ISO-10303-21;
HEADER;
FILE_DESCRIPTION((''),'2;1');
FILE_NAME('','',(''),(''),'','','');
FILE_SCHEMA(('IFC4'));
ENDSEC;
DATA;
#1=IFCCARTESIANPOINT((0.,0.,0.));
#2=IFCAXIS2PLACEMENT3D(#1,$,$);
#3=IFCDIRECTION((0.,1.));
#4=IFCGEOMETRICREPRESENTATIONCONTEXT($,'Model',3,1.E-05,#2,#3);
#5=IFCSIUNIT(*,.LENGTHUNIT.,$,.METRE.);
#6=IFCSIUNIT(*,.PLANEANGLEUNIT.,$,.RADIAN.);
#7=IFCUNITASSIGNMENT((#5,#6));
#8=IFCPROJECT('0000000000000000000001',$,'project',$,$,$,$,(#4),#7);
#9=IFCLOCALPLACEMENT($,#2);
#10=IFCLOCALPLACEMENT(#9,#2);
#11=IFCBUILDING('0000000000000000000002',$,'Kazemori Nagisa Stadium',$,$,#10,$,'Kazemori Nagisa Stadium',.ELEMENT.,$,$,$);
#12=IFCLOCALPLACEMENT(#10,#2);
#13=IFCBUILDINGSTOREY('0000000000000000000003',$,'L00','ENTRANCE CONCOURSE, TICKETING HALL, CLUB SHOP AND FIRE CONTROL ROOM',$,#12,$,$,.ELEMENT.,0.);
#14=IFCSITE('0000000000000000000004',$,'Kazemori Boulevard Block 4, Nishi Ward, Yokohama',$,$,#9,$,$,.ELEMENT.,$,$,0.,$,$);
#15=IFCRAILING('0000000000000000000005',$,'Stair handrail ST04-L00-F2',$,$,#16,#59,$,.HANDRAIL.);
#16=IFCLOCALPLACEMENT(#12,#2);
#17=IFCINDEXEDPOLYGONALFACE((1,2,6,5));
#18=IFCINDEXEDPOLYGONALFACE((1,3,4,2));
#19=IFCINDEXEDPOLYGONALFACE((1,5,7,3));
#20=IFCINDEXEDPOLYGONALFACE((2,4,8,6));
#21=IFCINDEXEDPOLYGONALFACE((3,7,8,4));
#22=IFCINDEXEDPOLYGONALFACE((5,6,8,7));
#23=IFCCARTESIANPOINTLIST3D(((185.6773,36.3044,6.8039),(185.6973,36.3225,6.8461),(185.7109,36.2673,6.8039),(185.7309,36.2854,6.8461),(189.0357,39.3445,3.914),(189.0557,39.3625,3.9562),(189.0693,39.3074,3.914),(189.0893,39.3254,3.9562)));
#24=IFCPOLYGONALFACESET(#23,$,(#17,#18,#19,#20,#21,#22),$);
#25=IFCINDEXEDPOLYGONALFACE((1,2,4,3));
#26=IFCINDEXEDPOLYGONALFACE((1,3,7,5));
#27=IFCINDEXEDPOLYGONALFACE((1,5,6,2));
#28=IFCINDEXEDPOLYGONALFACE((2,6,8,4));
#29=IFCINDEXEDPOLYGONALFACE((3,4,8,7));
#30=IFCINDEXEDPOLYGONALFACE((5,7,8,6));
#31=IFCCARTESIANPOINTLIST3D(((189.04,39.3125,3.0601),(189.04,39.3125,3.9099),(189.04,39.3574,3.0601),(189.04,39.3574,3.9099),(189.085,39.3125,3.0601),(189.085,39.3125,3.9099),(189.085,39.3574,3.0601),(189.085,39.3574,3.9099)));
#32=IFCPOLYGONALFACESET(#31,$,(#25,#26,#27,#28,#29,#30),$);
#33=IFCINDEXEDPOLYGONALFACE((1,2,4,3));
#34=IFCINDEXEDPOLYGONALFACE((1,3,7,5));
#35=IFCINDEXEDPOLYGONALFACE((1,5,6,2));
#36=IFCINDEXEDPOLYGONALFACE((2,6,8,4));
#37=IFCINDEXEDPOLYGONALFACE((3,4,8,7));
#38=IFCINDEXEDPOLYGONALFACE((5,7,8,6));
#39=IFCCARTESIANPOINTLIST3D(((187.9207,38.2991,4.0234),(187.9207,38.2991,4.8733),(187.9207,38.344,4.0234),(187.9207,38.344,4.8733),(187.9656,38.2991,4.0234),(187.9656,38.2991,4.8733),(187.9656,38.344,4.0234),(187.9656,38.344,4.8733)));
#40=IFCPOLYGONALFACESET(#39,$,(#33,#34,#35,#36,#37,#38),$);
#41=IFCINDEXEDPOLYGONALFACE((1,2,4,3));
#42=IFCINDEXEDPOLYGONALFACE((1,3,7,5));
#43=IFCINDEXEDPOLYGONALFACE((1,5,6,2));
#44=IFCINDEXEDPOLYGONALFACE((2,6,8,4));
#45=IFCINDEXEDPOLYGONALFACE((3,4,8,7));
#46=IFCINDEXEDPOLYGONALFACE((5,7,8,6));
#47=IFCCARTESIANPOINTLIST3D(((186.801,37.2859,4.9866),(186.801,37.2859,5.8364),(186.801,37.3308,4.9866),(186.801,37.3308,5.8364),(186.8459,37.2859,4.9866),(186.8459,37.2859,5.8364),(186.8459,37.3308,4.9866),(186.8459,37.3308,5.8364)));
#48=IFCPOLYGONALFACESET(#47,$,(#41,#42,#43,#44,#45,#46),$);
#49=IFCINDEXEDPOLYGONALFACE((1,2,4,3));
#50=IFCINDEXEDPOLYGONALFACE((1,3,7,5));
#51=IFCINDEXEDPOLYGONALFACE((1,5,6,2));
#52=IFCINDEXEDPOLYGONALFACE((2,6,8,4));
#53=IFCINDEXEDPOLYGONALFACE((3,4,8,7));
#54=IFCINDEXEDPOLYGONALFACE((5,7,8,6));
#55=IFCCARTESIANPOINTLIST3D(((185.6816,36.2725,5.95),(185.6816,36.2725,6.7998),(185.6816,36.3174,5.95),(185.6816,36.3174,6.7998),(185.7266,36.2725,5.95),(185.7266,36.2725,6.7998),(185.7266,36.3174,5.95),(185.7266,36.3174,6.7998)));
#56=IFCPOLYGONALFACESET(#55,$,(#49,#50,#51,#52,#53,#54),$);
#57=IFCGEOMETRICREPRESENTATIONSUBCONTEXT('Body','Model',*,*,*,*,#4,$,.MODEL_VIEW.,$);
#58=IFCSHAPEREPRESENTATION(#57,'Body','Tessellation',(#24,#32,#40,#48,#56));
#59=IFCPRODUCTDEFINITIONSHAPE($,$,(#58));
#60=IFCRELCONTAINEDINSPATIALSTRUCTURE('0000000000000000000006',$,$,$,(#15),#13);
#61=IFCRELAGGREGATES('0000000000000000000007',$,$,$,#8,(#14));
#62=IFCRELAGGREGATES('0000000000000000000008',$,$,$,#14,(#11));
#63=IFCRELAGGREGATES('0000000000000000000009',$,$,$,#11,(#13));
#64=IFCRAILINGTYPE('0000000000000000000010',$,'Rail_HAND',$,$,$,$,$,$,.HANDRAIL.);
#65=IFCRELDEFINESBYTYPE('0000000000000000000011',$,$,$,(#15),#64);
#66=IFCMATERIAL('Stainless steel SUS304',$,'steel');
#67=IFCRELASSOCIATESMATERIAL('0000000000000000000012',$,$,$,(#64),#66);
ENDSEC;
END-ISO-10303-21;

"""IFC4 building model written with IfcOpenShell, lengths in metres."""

from ifc_helpers import new_model, si_unit, direction, frame, origin, origin_2d, place, context, subcontext, project, spatial, rectangle, extrude, material, type_object, element, save


model = new_model("IFC4")

# Units and contexts
model_context = context("Model", 3, precision=1e-05, world=origin(), true_north=direction((0.0, 1.0)))
body_context = subcontext(model_context, "Body", "Model", "MODEL_VIEW")
ifc_project = project(units=[si_unit("LENGTHUNIT", "METRE"), si_unit("PLANEANGLEUNIT", "RADIAN")], contexts=[model_context])

# Site, building, storey
site_placement = place(None, origin())
site = spatial("IfcSite", under=ifc_project, at=site_placement, Name="Kazemori Boulevard Block 4, Nishi Ward, Yokohama", CompositionType="ELEMENT", RefElevation=0.0)
building_placement = place(site_placement, origin())
building = spatial("IfcBuilding", under=site, at=building_placement, Name="Kazemori Nagisa Stadium", LongName="Kazemori Nagisa Stadium", CompositionType="ELEMENT")
storey_placement = place(building_placement, origin())
storey = spatial("IfcBuildingStorey", under=building, at=storey_placement, Name="L00", Description="ENTRANCE CONCOURSE, TICKETING HALL, CLUB SHOP AND FIRE CONTROL ROOM", CompositionType="ELEMENT", Elevation=0.0)

# Shared definitions
ifc_material_1 = material(Name="Stainless steel SUS304", Category="steel")

# Railing
railing_type_1 = type_object("IfcRailingType", Name="Rail_HAND", PredefinedType="HANDRAIL", material=ifc_material_1)
railing_1_placement = place(storey_placement, frame((189.0625, 39.335, 3.0601)))
element("IfcRailing", 1, at=railing_1_placement, inside=storey, type_object=railing_type_1, Name="Stair handrail ST04-L00-F2", PredefinedType="HANDRAIL", context=body_context, shape_type="SweptSolid", body=[
    extrude(rectangle(XDim=0.05, YDim=0.05, at=origin_2d()), frame((0.0, 0.0, 0.875), z_axis=(-0.625018, -0.56577, 0.537826), x_axis=(0.671094, -0.741372, 0.0)), (0.0, 0.0, 1.0), 5.3733),
    extrude(rectangle(XDim=0.0449, YDim=0.0449, at=origin_2d()), origin(), (0.0, 0.0, 1.0), 0.8499),
    extrude(rectangle(XDim=0.0449, YDim=0.0449, at=origin_2d()), frame((-1.1194, -1.0134, 0.9634)), (0.0, 0.0, 1.0), 0.8499),
    extrude(rectangle(XDim=0.0449, YDim=0.0449, at=origin_2d()), frame((-2.239, -2.0266, 1.9265)), (0.0, 0.0, 1.0), 0.8499),
    extrude(rectangle(XDim=0.0449, YDim=0.0449, at=origin_2d()), frame((-3.3584, -3.04, 2.8899)), (0.0, 0.0, 1.0), 0.8499),
])

save(model, "model.ifc")
